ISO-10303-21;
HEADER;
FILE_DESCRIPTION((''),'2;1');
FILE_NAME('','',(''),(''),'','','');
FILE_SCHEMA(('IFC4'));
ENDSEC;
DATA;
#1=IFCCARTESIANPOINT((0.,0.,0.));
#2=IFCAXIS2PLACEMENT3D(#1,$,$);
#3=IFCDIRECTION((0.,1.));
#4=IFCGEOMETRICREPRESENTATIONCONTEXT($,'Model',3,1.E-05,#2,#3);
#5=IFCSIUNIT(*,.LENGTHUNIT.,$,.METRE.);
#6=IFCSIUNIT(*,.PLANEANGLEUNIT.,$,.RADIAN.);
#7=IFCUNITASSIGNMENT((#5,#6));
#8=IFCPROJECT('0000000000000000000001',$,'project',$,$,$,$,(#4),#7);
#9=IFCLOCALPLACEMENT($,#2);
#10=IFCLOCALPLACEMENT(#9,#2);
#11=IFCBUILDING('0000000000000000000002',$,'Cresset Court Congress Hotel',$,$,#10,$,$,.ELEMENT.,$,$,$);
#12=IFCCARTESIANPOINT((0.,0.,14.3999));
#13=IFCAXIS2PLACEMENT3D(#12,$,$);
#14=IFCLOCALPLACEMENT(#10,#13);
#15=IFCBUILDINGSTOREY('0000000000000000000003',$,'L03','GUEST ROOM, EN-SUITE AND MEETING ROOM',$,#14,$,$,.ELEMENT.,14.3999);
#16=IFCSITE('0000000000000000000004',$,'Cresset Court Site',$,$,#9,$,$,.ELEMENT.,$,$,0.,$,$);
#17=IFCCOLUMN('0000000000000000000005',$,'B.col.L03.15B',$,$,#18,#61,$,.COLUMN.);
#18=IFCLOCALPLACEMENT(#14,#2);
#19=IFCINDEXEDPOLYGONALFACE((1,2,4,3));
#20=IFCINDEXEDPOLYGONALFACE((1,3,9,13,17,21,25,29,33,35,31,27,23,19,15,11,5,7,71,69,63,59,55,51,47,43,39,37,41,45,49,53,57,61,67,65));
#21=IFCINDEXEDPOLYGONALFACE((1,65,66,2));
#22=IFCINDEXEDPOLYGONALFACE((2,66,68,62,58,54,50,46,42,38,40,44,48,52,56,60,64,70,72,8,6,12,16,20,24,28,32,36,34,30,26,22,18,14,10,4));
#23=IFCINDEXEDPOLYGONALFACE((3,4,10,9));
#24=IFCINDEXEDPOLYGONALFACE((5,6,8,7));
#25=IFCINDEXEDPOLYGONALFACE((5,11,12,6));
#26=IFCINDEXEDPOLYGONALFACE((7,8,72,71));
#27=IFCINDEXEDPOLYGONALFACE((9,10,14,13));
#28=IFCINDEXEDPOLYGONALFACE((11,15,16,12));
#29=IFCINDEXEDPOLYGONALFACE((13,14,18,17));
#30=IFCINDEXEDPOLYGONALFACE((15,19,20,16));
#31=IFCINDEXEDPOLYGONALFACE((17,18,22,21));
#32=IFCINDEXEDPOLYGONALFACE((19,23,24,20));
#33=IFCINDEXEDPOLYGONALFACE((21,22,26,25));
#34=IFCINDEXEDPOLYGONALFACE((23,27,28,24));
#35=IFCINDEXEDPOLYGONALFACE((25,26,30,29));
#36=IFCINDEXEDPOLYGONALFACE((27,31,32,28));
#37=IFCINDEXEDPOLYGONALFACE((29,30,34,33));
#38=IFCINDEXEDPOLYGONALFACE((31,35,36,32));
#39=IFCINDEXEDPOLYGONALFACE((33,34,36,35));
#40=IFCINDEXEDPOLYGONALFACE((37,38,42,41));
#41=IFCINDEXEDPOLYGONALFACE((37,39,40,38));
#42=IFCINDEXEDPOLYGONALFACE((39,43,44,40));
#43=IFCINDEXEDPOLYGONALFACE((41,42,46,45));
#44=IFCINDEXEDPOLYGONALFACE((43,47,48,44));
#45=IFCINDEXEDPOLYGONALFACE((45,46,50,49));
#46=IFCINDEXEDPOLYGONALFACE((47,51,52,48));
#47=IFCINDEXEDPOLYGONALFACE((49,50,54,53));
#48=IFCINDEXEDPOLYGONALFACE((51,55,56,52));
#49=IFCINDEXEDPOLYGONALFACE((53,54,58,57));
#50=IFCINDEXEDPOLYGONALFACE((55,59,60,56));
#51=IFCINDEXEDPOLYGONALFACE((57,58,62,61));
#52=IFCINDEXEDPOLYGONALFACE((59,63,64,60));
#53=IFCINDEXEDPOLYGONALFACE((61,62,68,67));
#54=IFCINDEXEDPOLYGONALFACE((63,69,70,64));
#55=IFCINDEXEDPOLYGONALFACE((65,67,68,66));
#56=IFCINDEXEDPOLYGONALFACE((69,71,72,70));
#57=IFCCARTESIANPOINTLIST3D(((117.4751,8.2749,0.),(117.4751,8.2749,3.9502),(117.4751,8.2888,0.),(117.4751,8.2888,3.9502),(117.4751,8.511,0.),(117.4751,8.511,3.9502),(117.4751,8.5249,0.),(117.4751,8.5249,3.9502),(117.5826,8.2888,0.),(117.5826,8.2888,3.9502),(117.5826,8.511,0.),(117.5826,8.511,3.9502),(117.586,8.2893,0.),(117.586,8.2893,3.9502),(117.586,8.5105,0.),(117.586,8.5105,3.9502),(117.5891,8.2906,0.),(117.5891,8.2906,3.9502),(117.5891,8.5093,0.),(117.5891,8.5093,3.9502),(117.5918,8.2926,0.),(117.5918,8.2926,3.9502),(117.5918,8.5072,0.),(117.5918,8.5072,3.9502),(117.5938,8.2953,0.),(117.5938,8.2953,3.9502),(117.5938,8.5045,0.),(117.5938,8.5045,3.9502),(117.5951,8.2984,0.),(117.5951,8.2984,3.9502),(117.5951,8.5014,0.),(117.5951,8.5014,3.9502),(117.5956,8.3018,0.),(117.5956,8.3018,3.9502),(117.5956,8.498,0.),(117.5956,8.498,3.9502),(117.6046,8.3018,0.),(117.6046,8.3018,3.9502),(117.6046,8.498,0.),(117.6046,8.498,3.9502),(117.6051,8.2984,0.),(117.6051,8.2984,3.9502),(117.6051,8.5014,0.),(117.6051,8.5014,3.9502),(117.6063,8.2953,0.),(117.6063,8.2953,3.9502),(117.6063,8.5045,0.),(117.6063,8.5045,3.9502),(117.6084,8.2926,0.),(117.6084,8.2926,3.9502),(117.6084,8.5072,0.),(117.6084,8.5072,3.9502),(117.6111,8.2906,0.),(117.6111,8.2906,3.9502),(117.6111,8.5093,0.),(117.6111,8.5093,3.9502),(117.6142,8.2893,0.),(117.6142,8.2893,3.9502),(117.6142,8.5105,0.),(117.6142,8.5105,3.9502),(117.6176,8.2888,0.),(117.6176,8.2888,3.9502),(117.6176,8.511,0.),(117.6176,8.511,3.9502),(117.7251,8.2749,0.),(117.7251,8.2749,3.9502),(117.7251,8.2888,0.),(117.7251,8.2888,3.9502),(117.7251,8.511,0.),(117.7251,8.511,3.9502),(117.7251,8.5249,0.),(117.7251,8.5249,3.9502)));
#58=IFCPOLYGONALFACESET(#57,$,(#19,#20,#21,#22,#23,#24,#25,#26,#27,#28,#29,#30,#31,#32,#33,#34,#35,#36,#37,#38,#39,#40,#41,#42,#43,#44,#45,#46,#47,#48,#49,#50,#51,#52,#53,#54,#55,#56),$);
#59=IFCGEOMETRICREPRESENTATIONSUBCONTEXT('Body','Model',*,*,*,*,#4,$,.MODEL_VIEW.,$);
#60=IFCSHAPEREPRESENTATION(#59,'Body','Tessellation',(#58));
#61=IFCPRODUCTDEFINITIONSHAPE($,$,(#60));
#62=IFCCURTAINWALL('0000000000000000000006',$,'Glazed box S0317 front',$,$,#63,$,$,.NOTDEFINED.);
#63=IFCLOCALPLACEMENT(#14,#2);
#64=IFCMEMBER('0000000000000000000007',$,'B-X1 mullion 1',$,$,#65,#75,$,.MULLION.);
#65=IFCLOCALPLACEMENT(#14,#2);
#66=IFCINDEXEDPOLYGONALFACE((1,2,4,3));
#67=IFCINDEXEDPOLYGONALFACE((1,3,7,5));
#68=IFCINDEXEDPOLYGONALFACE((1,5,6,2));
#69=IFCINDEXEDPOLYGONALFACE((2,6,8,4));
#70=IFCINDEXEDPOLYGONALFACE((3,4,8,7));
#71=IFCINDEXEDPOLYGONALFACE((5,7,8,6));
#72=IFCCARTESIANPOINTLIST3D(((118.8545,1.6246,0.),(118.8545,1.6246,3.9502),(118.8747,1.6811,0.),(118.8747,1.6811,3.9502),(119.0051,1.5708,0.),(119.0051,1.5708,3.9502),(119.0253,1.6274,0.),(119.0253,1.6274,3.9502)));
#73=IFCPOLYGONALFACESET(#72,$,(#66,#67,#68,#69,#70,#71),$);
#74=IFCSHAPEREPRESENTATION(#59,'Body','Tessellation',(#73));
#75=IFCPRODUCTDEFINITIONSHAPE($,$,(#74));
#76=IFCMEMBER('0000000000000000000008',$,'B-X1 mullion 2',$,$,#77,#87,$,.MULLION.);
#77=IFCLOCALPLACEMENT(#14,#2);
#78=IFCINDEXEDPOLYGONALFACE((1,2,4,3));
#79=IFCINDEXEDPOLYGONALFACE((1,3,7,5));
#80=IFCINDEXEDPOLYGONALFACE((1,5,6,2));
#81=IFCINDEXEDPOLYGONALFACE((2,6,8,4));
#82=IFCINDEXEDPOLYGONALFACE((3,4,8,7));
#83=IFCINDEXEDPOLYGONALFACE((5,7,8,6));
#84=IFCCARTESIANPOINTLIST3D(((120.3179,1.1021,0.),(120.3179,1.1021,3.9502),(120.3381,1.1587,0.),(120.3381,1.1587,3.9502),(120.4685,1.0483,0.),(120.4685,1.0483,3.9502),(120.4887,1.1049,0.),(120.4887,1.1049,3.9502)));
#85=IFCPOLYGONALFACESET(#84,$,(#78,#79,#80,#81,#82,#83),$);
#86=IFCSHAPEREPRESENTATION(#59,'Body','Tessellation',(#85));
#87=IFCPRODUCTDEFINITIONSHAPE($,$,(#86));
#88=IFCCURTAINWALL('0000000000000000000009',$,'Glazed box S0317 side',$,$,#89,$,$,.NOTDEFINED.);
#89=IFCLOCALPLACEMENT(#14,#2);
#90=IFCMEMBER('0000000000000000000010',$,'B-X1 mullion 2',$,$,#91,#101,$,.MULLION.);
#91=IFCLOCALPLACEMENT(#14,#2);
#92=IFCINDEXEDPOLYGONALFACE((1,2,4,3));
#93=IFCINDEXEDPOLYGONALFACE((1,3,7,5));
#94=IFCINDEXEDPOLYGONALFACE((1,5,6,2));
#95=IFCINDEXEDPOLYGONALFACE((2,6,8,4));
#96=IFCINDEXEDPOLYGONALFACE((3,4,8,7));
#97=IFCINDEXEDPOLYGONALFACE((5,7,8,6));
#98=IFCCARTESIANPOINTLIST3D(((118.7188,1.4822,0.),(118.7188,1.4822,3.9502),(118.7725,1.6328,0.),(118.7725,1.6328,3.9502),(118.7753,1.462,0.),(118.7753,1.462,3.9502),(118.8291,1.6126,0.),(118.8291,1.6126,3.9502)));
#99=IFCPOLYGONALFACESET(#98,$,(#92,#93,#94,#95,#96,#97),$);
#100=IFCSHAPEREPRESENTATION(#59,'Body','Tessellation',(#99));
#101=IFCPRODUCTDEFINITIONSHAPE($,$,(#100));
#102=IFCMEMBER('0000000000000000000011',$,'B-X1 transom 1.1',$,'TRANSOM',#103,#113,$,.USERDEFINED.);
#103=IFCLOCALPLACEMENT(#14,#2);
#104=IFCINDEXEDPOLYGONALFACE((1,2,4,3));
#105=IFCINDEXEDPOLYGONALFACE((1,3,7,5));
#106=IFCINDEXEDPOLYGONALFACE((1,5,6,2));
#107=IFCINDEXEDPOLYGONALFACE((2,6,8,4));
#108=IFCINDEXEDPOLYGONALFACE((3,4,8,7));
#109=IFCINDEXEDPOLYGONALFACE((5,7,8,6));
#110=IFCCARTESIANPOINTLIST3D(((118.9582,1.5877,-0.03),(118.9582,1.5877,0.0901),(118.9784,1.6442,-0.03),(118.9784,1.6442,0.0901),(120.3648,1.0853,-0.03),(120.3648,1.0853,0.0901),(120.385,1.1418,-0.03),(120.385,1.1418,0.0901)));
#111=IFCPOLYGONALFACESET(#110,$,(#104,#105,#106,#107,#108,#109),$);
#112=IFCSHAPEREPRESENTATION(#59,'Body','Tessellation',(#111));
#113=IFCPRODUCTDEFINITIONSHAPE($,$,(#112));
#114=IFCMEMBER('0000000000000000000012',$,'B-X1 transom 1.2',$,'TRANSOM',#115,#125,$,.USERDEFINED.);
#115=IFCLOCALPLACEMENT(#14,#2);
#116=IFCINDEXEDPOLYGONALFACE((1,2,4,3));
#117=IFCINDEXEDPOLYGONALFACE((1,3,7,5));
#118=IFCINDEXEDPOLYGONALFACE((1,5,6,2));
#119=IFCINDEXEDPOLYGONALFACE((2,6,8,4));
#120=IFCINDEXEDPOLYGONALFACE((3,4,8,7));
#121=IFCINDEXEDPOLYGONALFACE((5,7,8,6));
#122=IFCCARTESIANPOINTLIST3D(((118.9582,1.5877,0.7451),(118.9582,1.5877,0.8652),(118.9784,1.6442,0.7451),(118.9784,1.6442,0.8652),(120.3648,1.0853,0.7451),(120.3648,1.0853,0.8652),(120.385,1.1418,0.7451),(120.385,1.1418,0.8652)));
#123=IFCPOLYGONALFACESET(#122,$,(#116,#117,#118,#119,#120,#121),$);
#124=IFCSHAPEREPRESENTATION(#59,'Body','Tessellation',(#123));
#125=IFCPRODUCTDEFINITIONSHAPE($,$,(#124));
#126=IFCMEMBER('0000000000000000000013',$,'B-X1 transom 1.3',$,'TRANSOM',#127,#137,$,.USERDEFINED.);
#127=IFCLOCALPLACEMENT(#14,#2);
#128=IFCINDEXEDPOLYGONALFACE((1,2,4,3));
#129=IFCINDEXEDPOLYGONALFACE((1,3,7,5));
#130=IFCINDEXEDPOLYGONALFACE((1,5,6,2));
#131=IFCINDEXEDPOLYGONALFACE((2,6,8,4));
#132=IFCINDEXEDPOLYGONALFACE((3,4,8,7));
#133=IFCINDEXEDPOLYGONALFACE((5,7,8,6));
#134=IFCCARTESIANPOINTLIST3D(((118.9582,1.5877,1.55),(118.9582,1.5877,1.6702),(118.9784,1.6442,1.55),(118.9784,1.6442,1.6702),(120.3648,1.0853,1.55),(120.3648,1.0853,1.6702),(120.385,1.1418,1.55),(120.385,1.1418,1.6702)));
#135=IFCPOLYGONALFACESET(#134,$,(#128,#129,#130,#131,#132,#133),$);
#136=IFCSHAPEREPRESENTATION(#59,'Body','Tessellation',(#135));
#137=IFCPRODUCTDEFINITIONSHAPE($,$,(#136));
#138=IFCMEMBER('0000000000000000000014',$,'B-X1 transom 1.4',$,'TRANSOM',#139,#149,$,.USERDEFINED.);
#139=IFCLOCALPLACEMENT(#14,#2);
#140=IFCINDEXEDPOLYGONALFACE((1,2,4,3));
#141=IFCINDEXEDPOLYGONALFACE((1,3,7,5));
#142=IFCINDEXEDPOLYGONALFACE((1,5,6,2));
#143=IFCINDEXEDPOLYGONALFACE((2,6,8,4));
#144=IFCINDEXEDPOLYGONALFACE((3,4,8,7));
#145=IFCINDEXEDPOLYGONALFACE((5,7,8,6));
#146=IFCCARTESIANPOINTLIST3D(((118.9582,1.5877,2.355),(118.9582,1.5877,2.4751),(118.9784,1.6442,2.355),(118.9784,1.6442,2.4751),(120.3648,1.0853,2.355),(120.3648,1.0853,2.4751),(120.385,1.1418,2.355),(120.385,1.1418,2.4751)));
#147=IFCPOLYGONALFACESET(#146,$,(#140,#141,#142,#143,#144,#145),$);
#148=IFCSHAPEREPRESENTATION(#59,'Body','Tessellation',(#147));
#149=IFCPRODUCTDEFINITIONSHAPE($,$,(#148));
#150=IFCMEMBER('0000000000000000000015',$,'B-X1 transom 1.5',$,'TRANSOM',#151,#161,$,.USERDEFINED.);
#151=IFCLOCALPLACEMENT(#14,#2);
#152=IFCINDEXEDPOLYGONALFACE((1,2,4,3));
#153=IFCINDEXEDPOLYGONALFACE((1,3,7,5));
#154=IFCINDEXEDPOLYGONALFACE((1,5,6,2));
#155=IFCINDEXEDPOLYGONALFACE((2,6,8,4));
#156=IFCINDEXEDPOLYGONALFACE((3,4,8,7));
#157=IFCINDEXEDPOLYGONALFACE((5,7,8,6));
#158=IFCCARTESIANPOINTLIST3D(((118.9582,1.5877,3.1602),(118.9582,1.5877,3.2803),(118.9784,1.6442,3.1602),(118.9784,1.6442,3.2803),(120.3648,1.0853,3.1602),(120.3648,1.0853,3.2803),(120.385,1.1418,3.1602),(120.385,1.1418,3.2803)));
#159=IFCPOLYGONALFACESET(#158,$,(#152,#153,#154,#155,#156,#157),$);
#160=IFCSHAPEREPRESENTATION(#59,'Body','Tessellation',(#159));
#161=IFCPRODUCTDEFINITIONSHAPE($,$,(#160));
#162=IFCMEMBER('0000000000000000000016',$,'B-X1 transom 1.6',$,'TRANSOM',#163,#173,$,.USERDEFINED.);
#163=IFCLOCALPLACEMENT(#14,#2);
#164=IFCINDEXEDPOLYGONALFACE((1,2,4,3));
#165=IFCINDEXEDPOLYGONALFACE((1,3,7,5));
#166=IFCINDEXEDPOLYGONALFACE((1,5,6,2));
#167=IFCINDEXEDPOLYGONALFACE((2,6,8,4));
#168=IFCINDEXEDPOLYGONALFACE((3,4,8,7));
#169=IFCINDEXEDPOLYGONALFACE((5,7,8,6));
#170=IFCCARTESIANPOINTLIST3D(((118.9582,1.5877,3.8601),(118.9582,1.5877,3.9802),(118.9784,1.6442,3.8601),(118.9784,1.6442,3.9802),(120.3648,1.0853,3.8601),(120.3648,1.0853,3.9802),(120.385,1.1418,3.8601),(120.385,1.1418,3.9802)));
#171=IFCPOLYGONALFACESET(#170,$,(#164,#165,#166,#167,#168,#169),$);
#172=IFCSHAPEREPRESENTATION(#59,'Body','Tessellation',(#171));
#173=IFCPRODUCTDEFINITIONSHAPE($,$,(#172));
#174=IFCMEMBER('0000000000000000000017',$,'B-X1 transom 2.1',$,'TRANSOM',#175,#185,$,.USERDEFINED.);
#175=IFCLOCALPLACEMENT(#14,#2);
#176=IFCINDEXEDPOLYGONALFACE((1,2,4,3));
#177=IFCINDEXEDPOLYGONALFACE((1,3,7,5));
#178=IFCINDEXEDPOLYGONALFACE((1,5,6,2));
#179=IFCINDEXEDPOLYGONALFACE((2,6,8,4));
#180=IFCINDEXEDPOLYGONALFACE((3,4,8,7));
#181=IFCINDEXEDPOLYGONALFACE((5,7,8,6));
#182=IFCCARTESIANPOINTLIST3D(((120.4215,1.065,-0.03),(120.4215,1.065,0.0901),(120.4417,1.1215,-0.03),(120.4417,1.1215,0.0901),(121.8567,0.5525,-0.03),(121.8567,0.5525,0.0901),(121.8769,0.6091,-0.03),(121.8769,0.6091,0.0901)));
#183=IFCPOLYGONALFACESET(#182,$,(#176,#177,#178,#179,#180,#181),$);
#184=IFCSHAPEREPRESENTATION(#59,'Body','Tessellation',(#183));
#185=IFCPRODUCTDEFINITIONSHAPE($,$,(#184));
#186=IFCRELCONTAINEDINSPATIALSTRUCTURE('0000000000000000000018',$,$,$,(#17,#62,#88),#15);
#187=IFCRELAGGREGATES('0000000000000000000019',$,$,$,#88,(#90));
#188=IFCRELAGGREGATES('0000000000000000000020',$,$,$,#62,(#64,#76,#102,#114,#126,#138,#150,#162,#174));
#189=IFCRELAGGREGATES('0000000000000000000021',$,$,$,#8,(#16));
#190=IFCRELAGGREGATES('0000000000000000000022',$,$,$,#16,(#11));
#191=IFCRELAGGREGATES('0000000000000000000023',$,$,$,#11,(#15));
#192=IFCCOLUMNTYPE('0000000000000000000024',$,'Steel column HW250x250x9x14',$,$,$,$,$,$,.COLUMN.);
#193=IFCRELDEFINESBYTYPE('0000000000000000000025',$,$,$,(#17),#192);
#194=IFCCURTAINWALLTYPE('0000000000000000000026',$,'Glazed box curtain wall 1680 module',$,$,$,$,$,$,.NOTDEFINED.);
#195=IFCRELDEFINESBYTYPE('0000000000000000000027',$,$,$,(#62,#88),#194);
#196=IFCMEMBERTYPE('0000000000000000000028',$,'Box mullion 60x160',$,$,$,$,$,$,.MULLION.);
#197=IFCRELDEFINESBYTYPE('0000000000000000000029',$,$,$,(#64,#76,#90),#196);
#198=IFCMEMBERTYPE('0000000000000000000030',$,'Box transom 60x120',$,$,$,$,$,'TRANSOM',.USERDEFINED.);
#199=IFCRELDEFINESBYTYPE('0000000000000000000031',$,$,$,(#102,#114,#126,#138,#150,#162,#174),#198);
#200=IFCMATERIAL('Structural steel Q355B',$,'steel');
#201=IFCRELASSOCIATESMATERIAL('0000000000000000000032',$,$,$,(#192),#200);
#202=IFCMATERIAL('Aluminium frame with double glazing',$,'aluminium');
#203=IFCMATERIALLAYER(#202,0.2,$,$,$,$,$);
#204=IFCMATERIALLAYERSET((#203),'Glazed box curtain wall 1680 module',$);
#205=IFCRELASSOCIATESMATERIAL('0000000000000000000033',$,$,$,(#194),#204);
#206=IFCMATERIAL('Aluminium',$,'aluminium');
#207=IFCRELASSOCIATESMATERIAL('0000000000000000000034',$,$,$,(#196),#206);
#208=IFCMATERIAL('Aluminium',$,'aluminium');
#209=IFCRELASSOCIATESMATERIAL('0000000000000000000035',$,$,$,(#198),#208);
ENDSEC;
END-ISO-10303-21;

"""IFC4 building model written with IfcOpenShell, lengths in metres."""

from ifc_helpers import new_model, si_unit, direction, frame, origin, origin_2d, place, context, subcontext, project, spatial, rectangle, i_section, extrude, material, layer, layer_set, material_profile, profile_set, type_object, element, aggregate, save


model = new_model("IFC4")

# Units and contexts
model_context = context("Model", 3, precision=1e-05, world=origin(), true_north=direction((0.0, 1.0)))
body_context = subcontext(model_context, "Body", "Model", "MODEL_VIEW")
ifc_project = project(units=[si_unit("LENGTHUNIT", "METRE"), si_unit("PLANEANGLEUNIT", "RADIAN")], contexts=[model_context])

# Site, building, storey
site_placement = place(None, origin())
site = spatial("IfcSite", under=ifc_project, at=site_placement, Name="Cresset Court Site", CompositionType="ELEMENT", RefElevation=0.0)
building_placement = place(site_placement, origin())
building = spatial("IfcBuilding", under=site, at=building_placement, Name="Cresset Court Congress Hotel", CompositionType="ELEMENT")
storey_placement = place(building_placement, frame((0.0, 0.0, 14.3999)))
storey = spatial("IfcBuildingStorey", under=building, at=storey_placement, Name="L03", Description="GUEST ROOM, EN-SUITE AND MEETING ROOM", CompositionType="ELEMENT", Elevation=14.3999)

# Column
ifc_material_1 = material(Name="Structural steel Q355B", Category="steel")
ifc_material_profile_1 = material_profile(ifc_material_1, i_section(OverallWidth=0.25, OverallDepth=0.25, WebThickness=0.009, FlangeThickness=0.0139, FilletRadius=0.0129, at=origin_2d()), Name="HW250x250x9x14")
ifc_profile_set_1 = profile_set([ifc_material_profile_1], Name="Structural steel Q355B")
column_type = type_object("IfcColumnType", Name="Steel column HW250x250x9x14", PredefinedType="COLUMN", material=ifc_profile_set_1)
column_placement = place(storey_placement, frame((117.6001, 8.3999, 0.0), z_axis=(0.0, 0.0, 1.0), x_axis=(1.0, 0.0, 0.0)))
element("IfcColumn", 1, at=column_placement, inside=storey, type_object=column_type, Name="B.col.L03.15B", PredefinedType="COLUMN", context=body_context, shape_type="SweptSolid", body=[
    extrude(i_section(OverallWidth=0.25, OverallDepth=0.25, WebThickness=0.009, FlangeThickness=0.0139, FilletRadius=0.0129, at=origin_2d()), origin(), (0.0, 0.0, 1.0), 3.9502),
])

# Curtain wall, members
ifc_material_2 = material(Name="Aluminium frame with double glazing", Category="aluminium")
ifc_layer_1 = layer(ifc_material_2, 0.2)
ifc_layer_set_1 = layer_set([ifc_layer_1], Name="Glazed box curtain wall 1680 module")
curtain_wall_type = type_object("IfcCurtainWallType", Name="Glazed box curtain wall 1680 module", PredefinedType="NOTDEFINED", material=ifc_layer_set_1)
curtain_wall_1_placement = place(storey_placement, origin())
curtain_wall_1 = element("IfcCurtainWall", 2, at=curtain_wall_1_placement, inside=storey, type_object=curtain_wall_type, Name="Glazed box S0317 front", PredefinedType="NOTDEFINED")
ifc_material_3 = material(Name="Aluminium", Category="aluminium")
ifc_material_profile_2 = material_profile(ifc_material_3, rectangle(XDim=0.0601, YDim=0.1599, at=origin_2d()), Name="Box mullion 60x160")
ifc_profile_set_2 = profile_set([ifc_material_profile_2], Name="Aluminium")
member_type_1 = type_object("IfcMemberType", Name="Box mullion 60x160", PredefinedType="MULLION", material=ifc_profile_set_2)
member_1_placement = place(storey_placement, frame((118.9399, 1.626, 0.0), z_axis=(0.0, 0.0, 1.0), x_axis=(0.336336, 0.941742, 0.0)))
member_1 = element("IfcMember", 3, at=member_1_placement, type_object=member_type_1, Name="B-X1 mullion 1", PredefinedType="MULLION", context=body_context, shape_type="SweptSolid", body=[
    extrude(rectangle(XDim=0.0601, YDim=0.1599, at=origin_2d()), origin(), (0.0, 0.0, 1.0), 3.9502),
])
member_2_placement = place(storey_placement, frame((120.4033, 1.1035, 0.0), z_axis=(0.0, 0.0, 1.0), x_axis=(0.336336, 0.941742, 0.0)))
member_2 = element("IfcMember", 4, at=member_2_placement, type_object=member_type_1, Name="B-X1 mullion 2", PredefinedType="MULLION", context=body_context, shape_type="SweptSolid", body=[
    extrude(rectangle(XDim=0.0601, YDim=0.1599, at=origin_2d()), origin(), (0.0, 0.0, 1.0), 3.9502),
])

# Curtain wall, member
curtain_wall_2_placement = place(storey_placement, origin())
curtain_wall_2 = element("IfcCurtainWall", 5, at=curtain_wall_2_placement, inside=storey, type_object=curtain_wall_type, Name="Glazed box S0317 side", PredefinedType="NOTDEFINED")
member_3_placement = place(storey_placement, frame((118.7739, 1.5474, 0.0), z_axis=(0.0, 0.0, 1.0), x_axis=(-0.941742, 0.336336, 0.0)))
member_3 = element("IfcMember", 6, at=member_3_placement, type_object=member_type_1, Name="B-X1 mullion 2", PredefinedType="MULLION", context=body_context, shape_type="SweptSolid", body=[
    extrude(rectangle(XDim=0.0601, YDim=0.1599, at=origin_2d()), origin(), (0.0, 0.0, 1.0), 3.9502),
])
aggregate(curtain_wall_2, [member_3])

# Members
ifc_material_4 = material(Name="Aluminium", Category="aluminium")
ifc_material_profile_3 = material_profile(ifc_material_4, rectangle(XDim=0.0601, YDim=0.1201, at=origin_2d()), Name="Box transom 60x120")
ifc_profile_set_3 = profile_set([ifc_material_profile_3], Name="Aluminium")
member_type_2 = type_object("IfcMemberType", Name="Box transom 60x120", ElementType="TRANSOM", PredefinedType="USERDEFINED", material=ifc_profile_set_3)
member_4_placement = place(storey_placement, frame((118.9683, 1.616, 0.03), z_axis=(0.941735, -0.336357, 0.0), x_axis=(0.336357, 0.941735, 0.0)))
member_4 = element("IfcMember", 7, at=member_4_placement, type_object=member_type_2, Name="B-X1 transom 1.1", ObjectType="TRANSOM", PredefinedType="USERDEFINED", context=body_context, shape_type="SweptSolid", body=[
    extrude(rectangle(XDim=0.0601, YDim=0.1201, at=origin_2d()), origin(), (0.0, 0.0, 1.0), 1.4937),
])
member_5_placement = place(storey_placement, frame((118.9683, 1.616, 0.8052), z_axis=(0.941735, -0.336357, 0.0), x_axis=(0.336357, 0.941735, 0.0)))
member_5 = element("IfcMember", 8, at=member_5_placement, type_object=member_type_2, Name="B-X1 transom 1.2", ObjectType="TRANSOM", PredefinedType="USERDEFINED", context=body_context, shape_type="SweptSolid", body=[
    extrude(rectangle(XDim=0.0601, YDim=0.1201, at=origin_2d()), origin(), (0.0, 0.0, 1.0), 1.4937),
])
member_6_placement = place(storey_placement, frame((118.9683, 1.616, 1.6101), z_axis=(0.941735, -0.336357, 0.0), x_axis=(0.336357, 0.941735, 0.0)))
member_6 = element("IfcMember", 9, at=member_6_placement, type_object=member_type_2, Name="B-X1 transom 1.3", ObjectType="TRANSOM", PredefinedType="USERDEFINED", context=body_context, shape_type="SweptSolid", body=[
    extrude(rectangle(XDim=0.0601, YDim=0.1201, at=origin_2d()), origin(), (0.0, 0.0, 1.0), 1.4937),
])
member_7_placement = place(storey_placement, frame((118.9683, 1.616, 2.415), z_axis=(0.941735, -0.336357, 0.0), x_axis=(0.336357, 0.941735, 0.0)))
member_7 = element("IfcMember", 10, at=member_7_placement, type_object=member_type_2, Name="B-X1 transom 1.4", ObjectType="TRANSOM", PredefinedType="USERDEFINED", context=body_context, shape_type="SweptSolid", body=[
    extrude(rectangle(XDim=0.0601, YDim=0.1201, at=origin_2d()), origin(), (0.0, 0.0, 1.0), 1.4937),
])
member_8_placement = place(storey_placement, frame((118.9683, 1.616, 3.2202), z_axis=(0.941735, -0.336357, 0.0), x_axis=(0.336357, 0.941735, 0.0)))
member_8 = element("IfcMember", 11, at=member_8_placement, type_object=member_type_2, Name="B-X1 transom 1.5", ObjectType="TRANSOM", PredefinedType="USERDEFINED", context=body_context, shape_type="SweptSolid", body=[
    extrude(rectangle(XDim=0.0601, YDim=0.1201, at=origin_2d()), origin(), (0.0, 0.0, 1.0), 1.4937),
])
member_9_placement = place(storey_placement, frame((118.9683, 1.616, 3.9202), z_axis=(0.941735, -0.336357, 0.0), x_axis=(0.336357, 0.941735, 0.0)))
member_9 = element("IfcMember", 12, at=member_9_placement, type_object=member_type_2, Name="B-X1 transom 1.6", ObjectType="TRANSOM", PredefinedType="USERDEFINED", context=body_context, shape_type="SweptSolid", body=[
    extrude(rectangle(XDim=0.0601, YDim=0.1201, at=origin_2d()), origin(), (0.0, 0.0, 1.0), 1.4937),
])
member_10_placement = place(storey_placement, frame((120.4316, 1.0933, 0.03), z_axis=(0.941756, -0.336296, 0.0), x_axis=(0.336296, 0.941756, 0.0)))
member_10 = element("IfcMember", 13, at=member_10_placement, type_object=member_type_2, Name="B-X1 transom 2.1", ObjectType="TRANSOM", PredefinedType="USERDEFINED", context=body_context, shape_type="SweptSolid", body=[
    extrude(rectangle(XDim=0.0601, YDim=0.1201, at=origin_2d()), origin(), (0.0, 0.0, 1.0), 1.5239),
])

aggregate(curtain_wall_1, [member_1, member_2, member_4, member_5, member_6, member_7, member_8, member_9, member_10])

save(model, "model.ifc")
